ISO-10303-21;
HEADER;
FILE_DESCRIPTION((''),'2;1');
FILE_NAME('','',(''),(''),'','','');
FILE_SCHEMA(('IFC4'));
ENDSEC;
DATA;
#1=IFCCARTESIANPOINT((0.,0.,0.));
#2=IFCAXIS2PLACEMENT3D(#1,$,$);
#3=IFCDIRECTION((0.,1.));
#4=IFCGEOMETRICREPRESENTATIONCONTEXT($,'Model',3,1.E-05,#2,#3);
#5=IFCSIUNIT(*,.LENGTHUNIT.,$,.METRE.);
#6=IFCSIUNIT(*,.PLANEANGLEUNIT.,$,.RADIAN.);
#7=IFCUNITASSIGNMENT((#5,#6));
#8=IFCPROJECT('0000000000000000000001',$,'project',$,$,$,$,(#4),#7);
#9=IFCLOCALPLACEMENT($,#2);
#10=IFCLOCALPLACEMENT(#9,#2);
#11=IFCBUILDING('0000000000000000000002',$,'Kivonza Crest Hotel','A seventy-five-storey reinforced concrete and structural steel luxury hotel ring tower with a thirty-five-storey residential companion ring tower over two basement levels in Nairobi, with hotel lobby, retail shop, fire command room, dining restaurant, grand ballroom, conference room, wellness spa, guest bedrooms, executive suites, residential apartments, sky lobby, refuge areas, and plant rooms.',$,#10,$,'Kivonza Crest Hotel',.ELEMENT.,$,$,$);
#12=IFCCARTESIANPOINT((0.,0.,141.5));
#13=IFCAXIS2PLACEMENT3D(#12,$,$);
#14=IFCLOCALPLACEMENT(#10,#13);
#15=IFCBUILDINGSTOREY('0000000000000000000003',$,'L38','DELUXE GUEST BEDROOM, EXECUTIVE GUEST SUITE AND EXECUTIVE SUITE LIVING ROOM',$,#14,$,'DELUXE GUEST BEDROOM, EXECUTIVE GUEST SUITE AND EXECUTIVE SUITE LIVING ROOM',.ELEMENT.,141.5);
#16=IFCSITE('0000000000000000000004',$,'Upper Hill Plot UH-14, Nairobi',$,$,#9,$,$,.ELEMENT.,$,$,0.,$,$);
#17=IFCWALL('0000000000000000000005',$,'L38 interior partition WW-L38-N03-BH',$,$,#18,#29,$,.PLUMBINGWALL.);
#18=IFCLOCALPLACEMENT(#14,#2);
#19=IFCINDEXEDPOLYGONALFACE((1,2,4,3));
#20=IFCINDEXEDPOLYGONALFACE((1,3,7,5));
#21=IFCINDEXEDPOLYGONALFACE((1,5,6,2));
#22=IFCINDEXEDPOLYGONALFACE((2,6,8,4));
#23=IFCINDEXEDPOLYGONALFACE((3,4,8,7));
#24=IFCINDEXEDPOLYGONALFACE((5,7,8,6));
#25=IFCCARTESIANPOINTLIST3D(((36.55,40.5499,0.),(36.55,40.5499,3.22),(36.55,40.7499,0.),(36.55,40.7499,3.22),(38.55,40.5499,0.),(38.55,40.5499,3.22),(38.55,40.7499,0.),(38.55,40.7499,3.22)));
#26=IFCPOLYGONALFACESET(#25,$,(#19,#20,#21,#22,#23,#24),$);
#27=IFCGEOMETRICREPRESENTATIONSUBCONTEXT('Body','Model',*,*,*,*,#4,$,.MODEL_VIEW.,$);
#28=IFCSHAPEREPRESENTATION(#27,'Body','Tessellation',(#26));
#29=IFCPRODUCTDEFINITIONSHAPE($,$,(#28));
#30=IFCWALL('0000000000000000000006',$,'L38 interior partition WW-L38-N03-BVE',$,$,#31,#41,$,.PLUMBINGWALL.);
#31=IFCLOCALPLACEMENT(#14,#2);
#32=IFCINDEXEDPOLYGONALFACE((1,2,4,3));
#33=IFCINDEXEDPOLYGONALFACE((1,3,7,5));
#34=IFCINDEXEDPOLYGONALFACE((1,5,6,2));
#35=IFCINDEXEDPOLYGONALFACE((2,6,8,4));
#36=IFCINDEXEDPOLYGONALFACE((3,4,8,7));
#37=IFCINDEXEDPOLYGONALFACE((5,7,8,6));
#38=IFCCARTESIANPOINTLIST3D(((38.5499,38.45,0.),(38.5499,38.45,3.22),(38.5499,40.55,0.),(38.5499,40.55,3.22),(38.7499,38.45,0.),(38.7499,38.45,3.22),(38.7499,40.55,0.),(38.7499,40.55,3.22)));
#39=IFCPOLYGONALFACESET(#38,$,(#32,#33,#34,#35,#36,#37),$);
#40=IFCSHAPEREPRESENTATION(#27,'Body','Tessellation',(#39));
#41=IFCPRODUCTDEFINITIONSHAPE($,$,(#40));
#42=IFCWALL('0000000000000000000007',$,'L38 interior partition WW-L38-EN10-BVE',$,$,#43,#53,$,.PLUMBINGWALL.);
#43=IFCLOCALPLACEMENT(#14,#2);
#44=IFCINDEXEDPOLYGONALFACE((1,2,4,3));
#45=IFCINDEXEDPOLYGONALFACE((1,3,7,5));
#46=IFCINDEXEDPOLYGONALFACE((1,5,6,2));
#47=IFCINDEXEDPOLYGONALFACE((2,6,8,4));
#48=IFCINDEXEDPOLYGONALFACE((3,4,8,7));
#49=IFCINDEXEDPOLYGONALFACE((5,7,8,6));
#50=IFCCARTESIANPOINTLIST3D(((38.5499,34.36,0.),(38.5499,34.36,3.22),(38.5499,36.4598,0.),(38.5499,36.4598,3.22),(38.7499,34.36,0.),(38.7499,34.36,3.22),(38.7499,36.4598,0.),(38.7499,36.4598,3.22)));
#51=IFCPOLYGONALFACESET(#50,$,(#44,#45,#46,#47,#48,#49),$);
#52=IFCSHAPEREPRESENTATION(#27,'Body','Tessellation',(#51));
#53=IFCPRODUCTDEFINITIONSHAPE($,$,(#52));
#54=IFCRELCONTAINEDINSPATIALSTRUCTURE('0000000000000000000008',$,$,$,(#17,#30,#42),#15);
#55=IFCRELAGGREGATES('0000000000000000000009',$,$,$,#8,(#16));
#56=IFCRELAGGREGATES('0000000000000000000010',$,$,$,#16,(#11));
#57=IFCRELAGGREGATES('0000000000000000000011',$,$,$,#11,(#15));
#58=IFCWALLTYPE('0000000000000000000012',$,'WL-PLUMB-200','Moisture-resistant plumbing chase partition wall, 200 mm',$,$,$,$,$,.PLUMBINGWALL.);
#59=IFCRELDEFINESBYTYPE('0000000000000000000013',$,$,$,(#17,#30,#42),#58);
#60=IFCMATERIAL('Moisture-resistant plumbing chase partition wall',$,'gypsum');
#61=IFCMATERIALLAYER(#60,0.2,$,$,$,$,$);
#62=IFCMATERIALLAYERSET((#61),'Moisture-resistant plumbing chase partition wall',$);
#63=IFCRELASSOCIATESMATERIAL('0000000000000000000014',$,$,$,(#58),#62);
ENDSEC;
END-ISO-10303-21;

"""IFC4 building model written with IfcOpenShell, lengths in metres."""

from ifc_helpers import new_model, si_unit, direction, frame, frame_2d, origin, place, context, subcontext, project, spatial, rectangle, extrude, material, layer, layer_set, type_object, element, save


model = new_model("IFC4")

# Units and contexts
model_context = context("Model", 3, precision=1e-05, world=origin(), true_north=direction((0.0, 1.0)))
body_context = subcontext(model_context, "Body", "Model", "MODEL_VIEW")
ifc_project = project(units=[si_unit("LENGTHUNIT", "METRE"), si_unit("PLANEANGLEUNIT", "RADIAN")], contexts=[model_context])

# Site, building, storey
site_placement = place(None, origin())
site = spatial("IfcSite", under=ifc_project, at=site_placement, Name="Upper Hill Plot UH-14, Nairobi", CompositionType="ELEMENT", RefElevation=0.0)
building_placement = place(site_placement, origin())
building = spatial("IfcBuilding", under=site, at=building_placement, Name="Kivonza Crest Hotel", Description="A seventy-five-storey reinforced concrete and structural steel luxury hotel ring tower with a thirty-five-storey residential companion ring tower over two basement levels in Nairobi, with hotel lobby, retail shop, fire command room, dining restaurant, grand ballroom, conference room, wellness spa, guest bedrooms, executive suites, residential apartments, sky lobby, refuge areas, and plant rooms.", LongName="Kivonza Crest Hotel", CompositionType="ELEMENT")
storey_placement = place(building_placement, frame((0.0, 0.0, 141.5)))
storey = spatial("IfcBuildingStorey", under=building, at=storey_placement, Name="L38", Description="DELUXE GUEST BEDROOM, EXECUTIVE GUEST SUITE AND EXECUTIVE SUITE LIVING ROOM", LongName="DELUXE GUEST BEDROOM, EXECUTIVE GUEST SUITE AND EXECUTIVE SUITE LIVING ROOM", CompositionType="ELEMENT", Elevation=141.5)

# Shared definitions
ifc_material_1 = material(Name="Moisture-resistant plumbing chase partition wall", Category="gypsum")
ifc_layer_1 = layer(ifc_material_1, 0.2)
ifc_layer_set_1 = layer_set([ifc_layer_1], Name="Moisture-resistant plumbing chase partition wall")
wall_type_1 = type_object("IfcWallType", Name="WL-PLUMB-200", Description="Moisture-resistant plumbing chase partition wall, 200 mm", PredefinedType="PLUMBINGWALL", material=ifc_layer_set_1)

# Walls
wall_1_placement = place(storey_placement, frame((36.55, 40.6499, 0.0), z_axis=(0.0, 0.0, 1.0), x_axis=(1.0, 0.0, 0.0)))
element("IfcWall", 1, at=wall_1_placement, inside=storey, type_object=wall_type_1, Name="L38 interior partition WW-L38-N03-BH", PredefinedType="PLUMBINGWALL", context=body_context, shape_type="SweptSolid", body=[
    extrude(rectangle(XDim=2.0, YDim=0.2, at=frame_2d((1.0, 0.0))), origin(), (0.0, 0.0, 1.0), 3.22),
])
wall_2_placement = place(storey_placement, frame((38.6499, 38.45, 0.0), z_axis=(0.0, 0.0, 1.0), x_axis=(0.0, 1.0, 0.0)))
element("IfcWall", 2, at=wall_2_placement, inside=storey, type_object=wall_type_1, Name="L38 interior partition WW-L38-N03-BVE", PredefinedType="PLUMBINGWALL", context=body_context, shape_type="SweptSolid", body=[
    extrude(rectangle(XDim=2.1001, YDim=0.2, at=frame_2d((1.05, 0.0))), origin(), (0.0, 0.0, 1.0), 3.22),
])
wall_3_placement = place(storey_placement, frame((38.6499, 34.3601, 0.0), z_axis=(0.0, 0.0, 1.0), x_axis=(0.0, 1.0, 0.0)))
element("IfcWall", 3, at=wall_3_placement, inside=storey, type_object=wall_type_1, Name="L38 interior partition WW-L38-EN10-BVE", PredefinedType="PLUMBINGWALL", context=body_context, shape_type="SweptSolid", body=[
    extrude(rectangle(XDim=2.0999, YDim=0.2, at=frame_2d((1.0498, 0.0))), origin(), (0.0, 0.0, 1.0), 3.22),
])

save(model, "model.ifc")
